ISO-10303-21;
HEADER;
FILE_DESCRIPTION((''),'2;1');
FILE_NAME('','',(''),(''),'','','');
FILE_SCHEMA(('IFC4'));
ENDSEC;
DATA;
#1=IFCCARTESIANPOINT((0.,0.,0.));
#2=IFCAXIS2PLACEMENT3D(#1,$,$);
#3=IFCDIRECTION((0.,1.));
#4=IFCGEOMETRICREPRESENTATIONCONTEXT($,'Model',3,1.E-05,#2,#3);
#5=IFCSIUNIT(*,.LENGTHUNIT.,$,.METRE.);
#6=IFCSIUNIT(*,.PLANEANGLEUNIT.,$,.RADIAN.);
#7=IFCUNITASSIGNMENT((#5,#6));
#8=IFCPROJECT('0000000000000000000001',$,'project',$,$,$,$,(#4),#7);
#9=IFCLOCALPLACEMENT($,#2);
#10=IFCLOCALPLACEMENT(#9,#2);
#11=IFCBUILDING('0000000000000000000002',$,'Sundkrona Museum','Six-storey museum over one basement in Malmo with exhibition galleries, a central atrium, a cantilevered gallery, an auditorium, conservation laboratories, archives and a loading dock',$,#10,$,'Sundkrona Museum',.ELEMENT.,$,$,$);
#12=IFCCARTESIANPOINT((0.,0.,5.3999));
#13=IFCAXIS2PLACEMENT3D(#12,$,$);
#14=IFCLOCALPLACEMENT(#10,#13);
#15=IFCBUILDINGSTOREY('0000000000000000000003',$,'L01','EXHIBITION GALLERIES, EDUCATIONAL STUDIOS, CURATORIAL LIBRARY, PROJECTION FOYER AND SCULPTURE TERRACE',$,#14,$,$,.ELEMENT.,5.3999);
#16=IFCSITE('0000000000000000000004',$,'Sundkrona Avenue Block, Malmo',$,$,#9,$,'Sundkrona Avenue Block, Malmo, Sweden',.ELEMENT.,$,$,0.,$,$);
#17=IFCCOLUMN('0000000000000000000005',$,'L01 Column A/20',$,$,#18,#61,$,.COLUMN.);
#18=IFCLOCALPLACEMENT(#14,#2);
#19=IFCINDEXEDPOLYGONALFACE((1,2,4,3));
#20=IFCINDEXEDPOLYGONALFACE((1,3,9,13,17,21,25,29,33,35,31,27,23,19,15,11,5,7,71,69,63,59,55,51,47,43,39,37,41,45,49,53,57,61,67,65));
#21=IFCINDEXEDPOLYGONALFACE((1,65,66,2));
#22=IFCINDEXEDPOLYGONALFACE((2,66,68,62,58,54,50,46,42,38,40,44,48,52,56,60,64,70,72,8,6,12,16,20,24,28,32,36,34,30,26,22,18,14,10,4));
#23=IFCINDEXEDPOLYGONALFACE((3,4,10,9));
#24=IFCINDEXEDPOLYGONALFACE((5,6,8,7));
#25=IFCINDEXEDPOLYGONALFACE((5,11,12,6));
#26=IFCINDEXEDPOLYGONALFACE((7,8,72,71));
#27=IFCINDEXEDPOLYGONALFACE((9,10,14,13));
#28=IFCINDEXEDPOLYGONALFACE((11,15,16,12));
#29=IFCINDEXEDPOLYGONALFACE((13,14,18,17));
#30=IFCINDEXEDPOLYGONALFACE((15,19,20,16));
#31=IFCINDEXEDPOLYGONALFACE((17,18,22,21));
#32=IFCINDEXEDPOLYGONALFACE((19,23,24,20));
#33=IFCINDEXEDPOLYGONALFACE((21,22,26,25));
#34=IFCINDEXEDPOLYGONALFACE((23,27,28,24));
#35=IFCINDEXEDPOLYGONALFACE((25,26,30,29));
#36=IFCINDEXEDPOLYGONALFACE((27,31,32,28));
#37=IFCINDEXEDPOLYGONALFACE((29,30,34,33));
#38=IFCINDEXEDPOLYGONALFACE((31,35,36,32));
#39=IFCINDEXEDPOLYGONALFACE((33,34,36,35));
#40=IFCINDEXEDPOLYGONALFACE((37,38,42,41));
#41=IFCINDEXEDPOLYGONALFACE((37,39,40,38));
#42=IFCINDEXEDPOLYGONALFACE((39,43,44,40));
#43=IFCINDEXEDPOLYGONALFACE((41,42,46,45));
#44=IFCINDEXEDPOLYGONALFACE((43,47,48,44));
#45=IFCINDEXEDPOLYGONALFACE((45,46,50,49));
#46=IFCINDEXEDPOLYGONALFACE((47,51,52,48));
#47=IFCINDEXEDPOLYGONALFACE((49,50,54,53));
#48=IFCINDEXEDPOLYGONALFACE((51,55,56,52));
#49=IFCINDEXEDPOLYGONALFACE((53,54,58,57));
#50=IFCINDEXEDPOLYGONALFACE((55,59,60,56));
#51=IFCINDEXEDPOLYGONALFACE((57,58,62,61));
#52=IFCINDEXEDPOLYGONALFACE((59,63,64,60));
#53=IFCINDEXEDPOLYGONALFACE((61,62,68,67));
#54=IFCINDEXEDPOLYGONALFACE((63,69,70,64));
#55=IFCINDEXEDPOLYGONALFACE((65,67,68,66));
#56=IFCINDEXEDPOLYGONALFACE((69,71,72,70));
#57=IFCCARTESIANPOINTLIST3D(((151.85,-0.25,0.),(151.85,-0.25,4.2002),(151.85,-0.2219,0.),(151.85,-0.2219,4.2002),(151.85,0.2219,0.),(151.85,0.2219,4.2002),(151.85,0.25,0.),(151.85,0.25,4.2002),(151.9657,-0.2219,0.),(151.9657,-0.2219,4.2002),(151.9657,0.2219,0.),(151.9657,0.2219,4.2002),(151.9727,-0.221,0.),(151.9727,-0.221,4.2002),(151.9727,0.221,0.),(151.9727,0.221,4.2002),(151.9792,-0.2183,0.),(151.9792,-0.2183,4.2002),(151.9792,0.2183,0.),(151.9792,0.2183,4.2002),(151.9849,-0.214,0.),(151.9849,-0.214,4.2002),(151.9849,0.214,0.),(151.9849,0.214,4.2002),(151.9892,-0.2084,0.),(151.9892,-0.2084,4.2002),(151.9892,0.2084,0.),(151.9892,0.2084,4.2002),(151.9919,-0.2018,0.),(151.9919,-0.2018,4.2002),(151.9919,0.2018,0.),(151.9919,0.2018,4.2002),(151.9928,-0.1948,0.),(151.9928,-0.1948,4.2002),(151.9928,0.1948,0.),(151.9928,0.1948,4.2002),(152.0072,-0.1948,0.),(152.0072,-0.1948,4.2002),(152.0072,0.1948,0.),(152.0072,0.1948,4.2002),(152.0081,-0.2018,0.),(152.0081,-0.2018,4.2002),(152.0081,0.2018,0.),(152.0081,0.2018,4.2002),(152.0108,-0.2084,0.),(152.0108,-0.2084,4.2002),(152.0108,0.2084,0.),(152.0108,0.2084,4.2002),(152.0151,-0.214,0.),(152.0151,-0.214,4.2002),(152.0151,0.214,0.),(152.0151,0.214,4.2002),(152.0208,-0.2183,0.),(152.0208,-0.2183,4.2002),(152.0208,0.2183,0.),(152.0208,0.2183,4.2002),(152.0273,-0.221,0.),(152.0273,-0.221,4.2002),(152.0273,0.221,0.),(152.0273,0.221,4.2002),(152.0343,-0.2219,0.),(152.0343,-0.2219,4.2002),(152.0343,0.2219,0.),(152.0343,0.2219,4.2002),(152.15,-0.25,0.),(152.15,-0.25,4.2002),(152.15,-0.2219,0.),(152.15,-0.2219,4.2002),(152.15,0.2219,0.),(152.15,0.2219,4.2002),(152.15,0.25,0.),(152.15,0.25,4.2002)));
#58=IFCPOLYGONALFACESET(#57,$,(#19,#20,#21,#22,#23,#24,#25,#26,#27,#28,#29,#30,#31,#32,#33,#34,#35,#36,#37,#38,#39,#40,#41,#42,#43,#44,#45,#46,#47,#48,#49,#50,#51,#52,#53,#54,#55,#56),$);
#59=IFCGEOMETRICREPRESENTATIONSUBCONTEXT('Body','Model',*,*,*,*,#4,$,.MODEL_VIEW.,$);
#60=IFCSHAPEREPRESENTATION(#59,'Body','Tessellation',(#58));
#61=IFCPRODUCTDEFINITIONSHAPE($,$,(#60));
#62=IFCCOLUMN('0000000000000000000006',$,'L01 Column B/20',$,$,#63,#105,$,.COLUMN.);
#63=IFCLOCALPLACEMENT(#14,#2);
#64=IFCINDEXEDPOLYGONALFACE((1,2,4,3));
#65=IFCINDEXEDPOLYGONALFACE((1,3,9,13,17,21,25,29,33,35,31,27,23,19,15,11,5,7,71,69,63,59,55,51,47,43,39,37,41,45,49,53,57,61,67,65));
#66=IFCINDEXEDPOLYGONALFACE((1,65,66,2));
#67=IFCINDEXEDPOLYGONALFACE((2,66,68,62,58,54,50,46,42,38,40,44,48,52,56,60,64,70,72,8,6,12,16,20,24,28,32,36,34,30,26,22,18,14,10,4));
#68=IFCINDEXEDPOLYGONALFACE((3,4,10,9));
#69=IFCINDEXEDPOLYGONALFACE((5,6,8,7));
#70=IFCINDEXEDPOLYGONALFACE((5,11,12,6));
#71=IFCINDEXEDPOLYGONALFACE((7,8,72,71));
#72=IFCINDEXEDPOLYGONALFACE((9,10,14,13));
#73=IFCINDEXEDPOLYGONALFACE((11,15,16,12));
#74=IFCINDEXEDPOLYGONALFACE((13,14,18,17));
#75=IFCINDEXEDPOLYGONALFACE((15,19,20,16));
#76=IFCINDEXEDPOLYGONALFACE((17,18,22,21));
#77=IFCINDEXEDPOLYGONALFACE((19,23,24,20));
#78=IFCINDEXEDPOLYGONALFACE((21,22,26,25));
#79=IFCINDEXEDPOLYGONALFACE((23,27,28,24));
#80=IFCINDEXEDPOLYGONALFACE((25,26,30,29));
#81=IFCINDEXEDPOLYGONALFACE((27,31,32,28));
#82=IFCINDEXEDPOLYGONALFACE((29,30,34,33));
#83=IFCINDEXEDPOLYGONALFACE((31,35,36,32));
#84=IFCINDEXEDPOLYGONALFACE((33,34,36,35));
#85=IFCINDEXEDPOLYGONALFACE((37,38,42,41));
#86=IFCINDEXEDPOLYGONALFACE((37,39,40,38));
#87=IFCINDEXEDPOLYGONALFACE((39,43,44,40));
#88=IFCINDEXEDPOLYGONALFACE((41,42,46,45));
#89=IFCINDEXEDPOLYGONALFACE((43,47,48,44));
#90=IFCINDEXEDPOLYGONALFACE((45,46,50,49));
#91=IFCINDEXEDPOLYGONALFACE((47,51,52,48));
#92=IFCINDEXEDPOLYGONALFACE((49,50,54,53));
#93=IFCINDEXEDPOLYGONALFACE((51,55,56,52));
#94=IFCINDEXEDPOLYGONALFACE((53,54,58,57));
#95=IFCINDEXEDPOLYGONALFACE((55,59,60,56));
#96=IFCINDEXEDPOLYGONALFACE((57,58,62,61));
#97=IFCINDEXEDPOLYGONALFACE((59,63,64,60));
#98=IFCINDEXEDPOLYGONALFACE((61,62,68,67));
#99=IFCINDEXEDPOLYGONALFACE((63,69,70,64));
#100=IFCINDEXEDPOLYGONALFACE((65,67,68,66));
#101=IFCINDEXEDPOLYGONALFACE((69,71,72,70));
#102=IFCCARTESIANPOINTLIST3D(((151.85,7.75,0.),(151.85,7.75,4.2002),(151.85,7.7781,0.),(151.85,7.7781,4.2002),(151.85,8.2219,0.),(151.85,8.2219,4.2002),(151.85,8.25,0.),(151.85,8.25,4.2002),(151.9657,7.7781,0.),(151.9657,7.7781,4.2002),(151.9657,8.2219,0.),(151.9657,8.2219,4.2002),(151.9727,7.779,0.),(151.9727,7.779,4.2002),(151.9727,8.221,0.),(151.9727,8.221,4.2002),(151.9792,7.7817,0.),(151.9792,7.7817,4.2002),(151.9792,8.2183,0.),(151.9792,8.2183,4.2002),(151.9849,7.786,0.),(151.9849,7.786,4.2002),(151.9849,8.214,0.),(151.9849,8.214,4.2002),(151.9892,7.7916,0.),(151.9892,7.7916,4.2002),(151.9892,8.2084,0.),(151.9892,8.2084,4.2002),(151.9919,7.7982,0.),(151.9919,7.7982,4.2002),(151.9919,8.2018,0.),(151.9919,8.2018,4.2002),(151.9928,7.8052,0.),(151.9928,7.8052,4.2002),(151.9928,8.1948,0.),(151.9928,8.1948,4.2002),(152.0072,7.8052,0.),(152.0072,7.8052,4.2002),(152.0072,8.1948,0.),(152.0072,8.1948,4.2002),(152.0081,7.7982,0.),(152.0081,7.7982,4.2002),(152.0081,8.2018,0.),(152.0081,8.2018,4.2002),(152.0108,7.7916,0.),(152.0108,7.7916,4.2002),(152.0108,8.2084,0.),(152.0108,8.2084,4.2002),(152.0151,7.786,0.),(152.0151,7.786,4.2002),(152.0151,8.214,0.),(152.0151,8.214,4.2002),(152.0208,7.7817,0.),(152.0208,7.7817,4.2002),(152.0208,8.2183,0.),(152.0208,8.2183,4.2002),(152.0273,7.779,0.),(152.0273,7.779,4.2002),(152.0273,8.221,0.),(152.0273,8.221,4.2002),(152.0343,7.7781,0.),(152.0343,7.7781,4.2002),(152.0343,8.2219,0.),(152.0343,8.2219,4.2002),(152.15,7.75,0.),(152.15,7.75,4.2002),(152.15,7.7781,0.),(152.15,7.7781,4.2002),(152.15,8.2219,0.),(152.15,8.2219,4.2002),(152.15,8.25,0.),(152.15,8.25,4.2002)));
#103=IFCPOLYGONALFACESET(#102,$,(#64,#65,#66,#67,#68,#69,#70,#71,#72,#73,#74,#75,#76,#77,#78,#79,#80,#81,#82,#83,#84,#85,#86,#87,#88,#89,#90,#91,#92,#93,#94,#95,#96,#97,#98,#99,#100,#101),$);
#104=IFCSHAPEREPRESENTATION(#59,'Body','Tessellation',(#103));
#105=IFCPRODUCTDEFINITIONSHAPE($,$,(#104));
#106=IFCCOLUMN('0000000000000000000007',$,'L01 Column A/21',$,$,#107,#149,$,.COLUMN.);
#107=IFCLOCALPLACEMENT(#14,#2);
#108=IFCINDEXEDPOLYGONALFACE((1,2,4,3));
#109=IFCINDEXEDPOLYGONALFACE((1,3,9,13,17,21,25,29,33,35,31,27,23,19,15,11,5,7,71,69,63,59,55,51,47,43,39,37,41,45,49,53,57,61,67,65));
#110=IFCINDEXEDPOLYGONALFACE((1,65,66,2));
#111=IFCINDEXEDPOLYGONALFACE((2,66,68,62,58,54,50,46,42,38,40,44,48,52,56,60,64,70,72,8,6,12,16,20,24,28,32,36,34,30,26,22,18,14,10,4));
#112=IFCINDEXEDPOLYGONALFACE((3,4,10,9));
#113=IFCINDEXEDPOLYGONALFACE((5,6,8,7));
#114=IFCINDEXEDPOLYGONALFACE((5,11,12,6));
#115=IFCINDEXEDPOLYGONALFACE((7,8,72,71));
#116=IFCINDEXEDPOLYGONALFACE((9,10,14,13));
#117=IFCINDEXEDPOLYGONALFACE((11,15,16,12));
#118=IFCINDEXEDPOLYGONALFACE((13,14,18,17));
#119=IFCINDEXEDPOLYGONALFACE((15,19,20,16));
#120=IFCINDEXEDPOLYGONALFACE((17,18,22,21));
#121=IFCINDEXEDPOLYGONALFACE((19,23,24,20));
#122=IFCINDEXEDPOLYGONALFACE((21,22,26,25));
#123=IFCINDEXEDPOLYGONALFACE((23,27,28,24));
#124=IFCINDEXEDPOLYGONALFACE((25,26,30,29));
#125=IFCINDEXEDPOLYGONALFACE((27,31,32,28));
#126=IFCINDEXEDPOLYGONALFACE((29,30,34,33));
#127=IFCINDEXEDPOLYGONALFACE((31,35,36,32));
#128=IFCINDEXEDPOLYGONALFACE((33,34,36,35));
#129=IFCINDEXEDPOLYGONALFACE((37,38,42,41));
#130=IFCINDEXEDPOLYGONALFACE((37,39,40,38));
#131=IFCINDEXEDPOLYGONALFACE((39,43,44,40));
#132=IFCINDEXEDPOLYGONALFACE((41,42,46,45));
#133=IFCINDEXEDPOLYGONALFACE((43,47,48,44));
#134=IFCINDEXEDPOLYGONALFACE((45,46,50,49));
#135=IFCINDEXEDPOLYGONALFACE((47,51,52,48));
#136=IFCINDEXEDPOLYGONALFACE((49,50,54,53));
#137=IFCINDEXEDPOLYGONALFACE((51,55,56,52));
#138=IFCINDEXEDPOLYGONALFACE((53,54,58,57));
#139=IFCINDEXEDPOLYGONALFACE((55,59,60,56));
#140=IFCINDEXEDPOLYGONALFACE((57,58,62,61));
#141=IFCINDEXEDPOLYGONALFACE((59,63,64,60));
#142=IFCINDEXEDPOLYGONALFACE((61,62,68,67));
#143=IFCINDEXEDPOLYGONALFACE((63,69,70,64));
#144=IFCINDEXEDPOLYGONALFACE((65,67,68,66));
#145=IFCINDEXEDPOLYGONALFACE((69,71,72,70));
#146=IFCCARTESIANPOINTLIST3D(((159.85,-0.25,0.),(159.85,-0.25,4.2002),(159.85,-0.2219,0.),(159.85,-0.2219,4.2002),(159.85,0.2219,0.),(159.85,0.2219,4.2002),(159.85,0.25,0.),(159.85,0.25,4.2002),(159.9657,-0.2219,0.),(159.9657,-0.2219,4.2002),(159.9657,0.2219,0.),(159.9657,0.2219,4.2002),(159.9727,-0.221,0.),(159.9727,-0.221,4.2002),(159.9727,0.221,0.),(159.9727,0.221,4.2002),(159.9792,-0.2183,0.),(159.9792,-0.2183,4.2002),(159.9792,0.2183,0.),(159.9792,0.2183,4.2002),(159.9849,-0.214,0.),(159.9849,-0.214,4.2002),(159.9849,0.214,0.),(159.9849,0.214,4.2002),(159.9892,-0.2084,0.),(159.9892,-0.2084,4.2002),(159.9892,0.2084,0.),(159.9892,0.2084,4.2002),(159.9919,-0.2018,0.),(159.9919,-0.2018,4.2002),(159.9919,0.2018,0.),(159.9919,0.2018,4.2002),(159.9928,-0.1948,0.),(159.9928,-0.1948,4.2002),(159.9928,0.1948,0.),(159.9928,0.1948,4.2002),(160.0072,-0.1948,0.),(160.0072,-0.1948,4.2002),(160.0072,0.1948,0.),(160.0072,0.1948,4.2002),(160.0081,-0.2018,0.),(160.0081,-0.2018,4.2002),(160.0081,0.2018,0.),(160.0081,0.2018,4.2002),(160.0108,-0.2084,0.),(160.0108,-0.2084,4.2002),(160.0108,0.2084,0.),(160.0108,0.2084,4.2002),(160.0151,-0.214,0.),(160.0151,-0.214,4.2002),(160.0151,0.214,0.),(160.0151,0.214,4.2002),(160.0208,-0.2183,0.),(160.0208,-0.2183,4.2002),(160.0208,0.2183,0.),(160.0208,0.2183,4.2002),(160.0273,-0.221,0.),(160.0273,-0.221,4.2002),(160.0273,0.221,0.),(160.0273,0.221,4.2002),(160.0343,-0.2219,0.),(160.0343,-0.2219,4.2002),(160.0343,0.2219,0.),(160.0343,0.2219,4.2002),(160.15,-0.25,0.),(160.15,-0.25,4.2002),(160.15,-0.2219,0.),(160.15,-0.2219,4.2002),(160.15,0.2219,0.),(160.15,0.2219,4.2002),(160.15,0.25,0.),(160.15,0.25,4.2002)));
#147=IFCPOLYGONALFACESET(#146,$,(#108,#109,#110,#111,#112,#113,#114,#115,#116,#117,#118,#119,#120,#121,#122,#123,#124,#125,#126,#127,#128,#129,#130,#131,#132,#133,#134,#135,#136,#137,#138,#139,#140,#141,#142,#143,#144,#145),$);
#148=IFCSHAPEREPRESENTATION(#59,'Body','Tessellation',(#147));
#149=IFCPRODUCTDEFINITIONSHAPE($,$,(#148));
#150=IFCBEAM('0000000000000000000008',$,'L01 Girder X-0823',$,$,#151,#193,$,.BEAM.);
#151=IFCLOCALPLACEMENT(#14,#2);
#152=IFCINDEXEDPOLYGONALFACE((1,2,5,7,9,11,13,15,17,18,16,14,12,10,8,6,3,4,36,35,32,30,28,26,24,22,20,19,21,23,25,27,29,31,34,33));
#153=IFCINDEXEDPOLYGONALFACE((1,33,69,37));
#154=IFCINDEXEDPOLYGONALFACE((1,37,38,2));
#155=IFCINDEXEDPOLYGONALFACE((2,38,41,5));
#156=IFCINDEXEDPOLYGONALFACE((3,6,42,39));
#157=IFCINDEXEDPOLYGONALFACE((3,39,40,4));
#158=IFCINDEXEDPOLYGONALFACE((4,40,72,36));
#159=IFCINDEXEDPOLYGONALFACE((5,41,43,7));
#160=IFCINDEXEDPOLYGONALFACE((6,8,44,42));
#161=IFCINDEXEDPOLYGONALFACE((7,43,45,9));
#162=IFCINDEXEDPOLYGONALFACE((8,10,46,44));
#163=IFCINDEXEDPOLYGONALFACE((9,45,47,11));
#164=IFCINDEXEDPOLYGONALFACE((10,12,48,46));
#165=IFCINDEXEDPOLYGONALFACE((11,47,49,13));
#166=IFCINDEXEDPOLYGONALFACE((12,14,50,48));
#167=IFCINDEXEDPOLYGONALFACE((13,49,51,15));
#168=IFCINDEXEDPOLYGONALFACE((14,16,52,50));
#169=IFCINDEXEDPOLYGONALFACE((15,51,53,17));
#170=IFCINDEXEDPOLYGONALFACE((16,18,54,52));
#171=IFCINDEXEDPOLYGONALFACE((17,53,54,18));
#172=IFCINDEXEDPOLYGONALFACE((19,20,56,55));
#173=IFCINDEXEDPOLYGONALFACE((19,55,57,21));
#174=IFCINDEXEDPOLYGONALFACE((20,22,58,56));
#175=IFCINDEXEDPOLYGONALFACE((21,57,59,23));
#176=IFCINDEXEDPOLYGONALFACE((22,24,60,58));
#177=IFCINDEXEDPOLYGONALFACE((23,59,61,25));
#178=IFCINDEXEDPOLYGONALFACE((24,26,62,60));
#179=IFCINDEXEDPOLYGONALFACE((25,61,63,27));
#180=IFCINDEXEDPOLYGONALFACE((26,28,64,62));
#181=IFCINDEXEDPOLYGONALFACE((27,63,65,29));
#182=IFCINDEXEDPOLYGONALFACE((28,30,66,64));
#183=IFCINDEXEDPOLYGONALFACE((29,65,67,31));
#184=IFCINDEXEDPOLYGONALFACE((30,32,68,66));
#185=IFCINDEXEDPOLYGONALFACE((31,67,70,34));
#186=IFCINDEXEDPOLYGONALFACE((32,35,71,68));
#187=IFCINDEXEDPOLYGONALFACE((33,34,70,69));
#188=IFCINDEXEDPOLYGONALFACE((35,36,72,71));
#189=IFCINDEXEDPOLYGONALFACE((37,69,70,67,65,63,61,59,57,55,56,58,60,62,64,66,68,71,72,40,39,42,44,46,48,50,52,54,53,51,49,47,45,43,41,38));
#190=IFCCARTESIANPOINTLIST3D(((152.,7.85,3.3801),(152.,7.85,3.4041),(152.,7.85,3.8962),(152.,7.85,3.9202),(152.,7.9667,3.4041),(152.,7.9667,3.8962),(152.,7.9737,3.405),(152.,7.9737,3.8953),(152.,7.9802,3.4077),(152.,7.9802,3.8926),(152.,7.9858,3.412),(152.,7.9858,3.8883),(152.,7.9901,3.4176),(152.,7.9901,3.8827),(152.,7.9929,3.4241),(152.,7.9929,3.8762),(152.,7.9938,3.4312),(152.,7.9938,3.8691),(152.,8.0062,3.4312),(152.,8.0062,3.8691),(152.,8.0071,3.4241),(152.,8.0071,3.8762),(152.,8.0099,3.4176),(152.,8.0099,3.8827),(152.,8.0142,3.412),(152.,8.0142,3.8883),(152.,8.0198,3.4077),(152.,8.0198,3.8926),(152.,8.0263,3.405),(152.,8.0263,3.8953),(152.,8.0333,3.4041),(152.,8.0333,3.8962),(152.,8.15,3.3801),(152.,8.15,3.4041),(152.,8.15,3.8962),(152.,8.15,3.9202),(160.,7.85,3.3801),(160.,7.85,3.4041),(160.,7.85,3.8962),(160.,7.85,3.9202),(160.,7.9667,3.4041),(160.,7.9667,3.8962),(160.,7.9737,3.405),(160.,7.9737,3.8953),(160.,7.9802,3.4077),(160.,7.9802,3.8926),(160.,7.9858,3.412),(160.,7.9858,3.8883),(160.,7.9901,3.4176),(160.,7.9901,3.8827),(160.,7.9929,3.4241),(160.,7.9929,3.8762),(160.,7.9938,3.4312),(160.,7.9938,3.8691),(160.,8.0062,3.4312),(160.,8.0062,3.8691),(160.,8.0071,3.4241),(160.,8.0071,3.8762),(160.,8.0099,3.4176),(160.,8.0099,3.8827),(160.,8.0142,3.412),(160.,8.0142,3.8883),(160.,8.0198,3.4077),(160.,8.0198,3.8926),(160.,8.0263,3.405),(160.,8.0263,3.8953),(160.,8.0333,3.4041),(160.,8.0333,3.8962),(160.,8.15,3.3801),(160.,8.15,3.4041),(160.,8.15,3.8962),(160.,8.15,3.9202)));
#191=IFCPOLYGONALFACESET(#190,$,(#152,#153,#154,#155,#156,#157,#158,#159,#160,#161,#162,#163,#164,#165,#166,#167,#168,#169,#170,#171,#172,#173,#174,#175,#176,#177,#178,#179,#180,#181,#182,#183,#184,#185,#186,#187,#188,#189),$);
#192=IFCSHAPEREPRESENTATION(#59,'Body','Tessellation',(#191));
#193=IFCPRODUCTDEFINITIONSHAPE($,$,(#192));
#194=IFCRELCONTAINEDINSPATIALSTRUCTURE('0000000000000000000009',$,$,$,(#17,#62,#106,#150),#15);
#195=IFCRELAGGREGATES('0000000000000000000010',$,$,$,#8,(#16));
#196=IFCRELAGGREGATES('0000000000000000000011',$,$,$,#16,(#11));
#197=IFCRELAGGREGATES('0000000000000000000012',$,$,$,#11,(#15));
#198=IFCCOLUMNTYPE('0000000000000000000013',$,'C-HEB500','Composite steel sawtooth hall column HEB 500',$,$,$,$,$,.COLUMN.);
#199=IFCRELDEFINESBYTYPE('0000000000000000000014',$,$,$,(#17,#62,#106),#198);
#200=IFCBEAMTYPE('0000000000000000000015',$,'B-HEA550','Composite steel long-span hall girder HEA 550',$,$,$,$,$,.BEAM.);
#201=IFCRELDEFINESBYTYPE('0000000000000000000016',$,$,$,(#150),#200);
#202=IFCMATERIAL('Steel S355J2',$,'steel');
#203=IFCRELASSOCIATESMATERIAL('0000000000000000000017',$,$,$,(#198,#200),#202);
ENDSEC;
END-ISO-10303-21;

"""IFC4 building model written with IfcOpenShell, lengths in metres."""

from ifc_helpers import new_model, si_unit, direction, frame, origin, origin_2d, place, context, subcontext, project, spatial, i_section, extrude, material, material_profile, profile_set, type_object, element, save


model = new_model("IFC4")

# Units and contexts
model_context = context("Model", 3, precision=1e-05, world=origin(), true_north=direction((0.0, 1.0)))
body_context = subcontext(model_context, "Body", "Model", "MODEL_VIEW")
ifc_project = project(units=[si_unit("LENGTHUNIT", "METRE"), si_unit("PLANEANGLEUNIT", "RADIAN")], contexts=[model_context])

# Site, building, storey
site_placement = place(None, origin())
site = spatial("IfcSite", under=ifc_project, at=site_placement, Name="Sundkrona Avenue Block, Malmo", LongName="Sundkrona Avenue Block, Malmo, Sweden", CompositionType="ELEMENT", RefElevation=0.0)
building_placement = place(site_placement, origin())
building = spatial("IfcBuilding", under=site, at=building_placement, Name="Sundkrona Museum", Description="Six-storey museum over one basement in Malmo with exhibition galleries, a central atrium, a cantilevered gallery, an auditorium, conservation laboratories, archives and a loading dock", LongName="Sundkrona Museum", CompositionType="ELEMENT")
storey_placement = place(building_placement, frame((0.0, 0.0, 5.3999)))
storey = spatial("IfcBuildingStorey", under=building, at=storey_placement, Name="L01", Description="EXHIBITION GALLERIES, EDUCATIONAL STUDIOS, CURATORIAL LIBRARY, PROJECTION FOYER AND SCULPTURE TERRACE", CompositionType="ELEMENT", Elevation=5.3999)

# Columns
ifc_material_1 = material(Name="Steel S355J2", Category="steel")
ifc_material_profile_1 = material_profile(ifc_material_1, i_section(OverallWidth=0.3, OverallDepth=0.5, WebThickness=0.0144, FlangeThickness=0.0281, FilletRadius=0.0271, at=origin_2d()), Name="HEB 500")
ifc_profile_set_1 = profile_set([ifc_material_profile_1], Name="Steel S355J2")
column_type = type_object("IfcColumnType", Name="C-HEB500", Description="Composite steel sawtooth hall column HEB 500", PredefinedType="COLUMN", material=ifc_profile_set_1)
for number, where, z_axis, x_axis, name in (
    (1, (152.0, 0.0, 0.0), (0.0, 0.0, 1.0), (1.0, 0.0, 0.0), "L01 Column A/20"),
    (2, (152.0, 8.0, 0.0), (0.0, 0.0, 1.0), (1.0, 0.0, 0.0), "L01 Column B/20"),
    (3, (160.0, 0.0, 0.0), (0.0, 0.0, 1.0), (1.0, 0.0, 0.0), "L01 Column A/21"),
):
    element("IfcColumn", number, at=place(storey_placement, frame(where, z_axis=z_axis, x_axis=x_axis)), inside=storey, type_object=column_type, Name=name, PredefinedType="COLUMN", context=body_context, shape_type="SweptSolid", body=[
        extrude(i_section(OverallWidth=0.3, OverallDepth=0.5, WebThickness=0.0144, FlangeThickness=0.0281, FilletRadius=0.0271, at=origin_2d()), origin(), (0.0, 0.0, 1.0), 4.2002),
    ])

# Beam
ifc_material_profile_2 = material_profile(ifc_material_1, i_section(OverallWidth=0.3, OverallDepth=0.54, WebThickness=0.0125, FlangeThickness=0.0239, FilletRadius=0.0271, at=origin_2d()), Name="HEA 550")
ifc_profile_set_2 = profile_set([ifc_material_profile_2], Name="Steel S355J2")
beam_type_1 = type_object("IfcBeamType", Name="B-HEA550", Description="Composite steel long-span hall girder HEA 550", PredefinedType="BEAM", material=ifc_profile_set_2)
for number, where, z_axis, x_axis, name in (
    (4, (152.0, 8.0, 3.6501), (1.0, 0.0, 0.0), (0.0, 1.0, 0.0), "L01 Girder X-0823"),
):
    element("IfcBeam", number, at=place(storey_placement, frame(where, z_axis=z_axis, x_axis=x_axis)), inside=storey, type_object=beam_type_1, Name=name, PredefinedType="BEAM", context=body_context, shape_type="SweptSolid", body=[
        extrude(i_section(OverallWidth=0.3, OverallDepth=0.54, WebThickness=0.0125, FlangeThickness=0.0239, FilletRadius=0.0271, at=origin_2d()), origin(), (0.0, 0.0, 1.0), 8.0),
    ])

save(model, "model.ifc")
